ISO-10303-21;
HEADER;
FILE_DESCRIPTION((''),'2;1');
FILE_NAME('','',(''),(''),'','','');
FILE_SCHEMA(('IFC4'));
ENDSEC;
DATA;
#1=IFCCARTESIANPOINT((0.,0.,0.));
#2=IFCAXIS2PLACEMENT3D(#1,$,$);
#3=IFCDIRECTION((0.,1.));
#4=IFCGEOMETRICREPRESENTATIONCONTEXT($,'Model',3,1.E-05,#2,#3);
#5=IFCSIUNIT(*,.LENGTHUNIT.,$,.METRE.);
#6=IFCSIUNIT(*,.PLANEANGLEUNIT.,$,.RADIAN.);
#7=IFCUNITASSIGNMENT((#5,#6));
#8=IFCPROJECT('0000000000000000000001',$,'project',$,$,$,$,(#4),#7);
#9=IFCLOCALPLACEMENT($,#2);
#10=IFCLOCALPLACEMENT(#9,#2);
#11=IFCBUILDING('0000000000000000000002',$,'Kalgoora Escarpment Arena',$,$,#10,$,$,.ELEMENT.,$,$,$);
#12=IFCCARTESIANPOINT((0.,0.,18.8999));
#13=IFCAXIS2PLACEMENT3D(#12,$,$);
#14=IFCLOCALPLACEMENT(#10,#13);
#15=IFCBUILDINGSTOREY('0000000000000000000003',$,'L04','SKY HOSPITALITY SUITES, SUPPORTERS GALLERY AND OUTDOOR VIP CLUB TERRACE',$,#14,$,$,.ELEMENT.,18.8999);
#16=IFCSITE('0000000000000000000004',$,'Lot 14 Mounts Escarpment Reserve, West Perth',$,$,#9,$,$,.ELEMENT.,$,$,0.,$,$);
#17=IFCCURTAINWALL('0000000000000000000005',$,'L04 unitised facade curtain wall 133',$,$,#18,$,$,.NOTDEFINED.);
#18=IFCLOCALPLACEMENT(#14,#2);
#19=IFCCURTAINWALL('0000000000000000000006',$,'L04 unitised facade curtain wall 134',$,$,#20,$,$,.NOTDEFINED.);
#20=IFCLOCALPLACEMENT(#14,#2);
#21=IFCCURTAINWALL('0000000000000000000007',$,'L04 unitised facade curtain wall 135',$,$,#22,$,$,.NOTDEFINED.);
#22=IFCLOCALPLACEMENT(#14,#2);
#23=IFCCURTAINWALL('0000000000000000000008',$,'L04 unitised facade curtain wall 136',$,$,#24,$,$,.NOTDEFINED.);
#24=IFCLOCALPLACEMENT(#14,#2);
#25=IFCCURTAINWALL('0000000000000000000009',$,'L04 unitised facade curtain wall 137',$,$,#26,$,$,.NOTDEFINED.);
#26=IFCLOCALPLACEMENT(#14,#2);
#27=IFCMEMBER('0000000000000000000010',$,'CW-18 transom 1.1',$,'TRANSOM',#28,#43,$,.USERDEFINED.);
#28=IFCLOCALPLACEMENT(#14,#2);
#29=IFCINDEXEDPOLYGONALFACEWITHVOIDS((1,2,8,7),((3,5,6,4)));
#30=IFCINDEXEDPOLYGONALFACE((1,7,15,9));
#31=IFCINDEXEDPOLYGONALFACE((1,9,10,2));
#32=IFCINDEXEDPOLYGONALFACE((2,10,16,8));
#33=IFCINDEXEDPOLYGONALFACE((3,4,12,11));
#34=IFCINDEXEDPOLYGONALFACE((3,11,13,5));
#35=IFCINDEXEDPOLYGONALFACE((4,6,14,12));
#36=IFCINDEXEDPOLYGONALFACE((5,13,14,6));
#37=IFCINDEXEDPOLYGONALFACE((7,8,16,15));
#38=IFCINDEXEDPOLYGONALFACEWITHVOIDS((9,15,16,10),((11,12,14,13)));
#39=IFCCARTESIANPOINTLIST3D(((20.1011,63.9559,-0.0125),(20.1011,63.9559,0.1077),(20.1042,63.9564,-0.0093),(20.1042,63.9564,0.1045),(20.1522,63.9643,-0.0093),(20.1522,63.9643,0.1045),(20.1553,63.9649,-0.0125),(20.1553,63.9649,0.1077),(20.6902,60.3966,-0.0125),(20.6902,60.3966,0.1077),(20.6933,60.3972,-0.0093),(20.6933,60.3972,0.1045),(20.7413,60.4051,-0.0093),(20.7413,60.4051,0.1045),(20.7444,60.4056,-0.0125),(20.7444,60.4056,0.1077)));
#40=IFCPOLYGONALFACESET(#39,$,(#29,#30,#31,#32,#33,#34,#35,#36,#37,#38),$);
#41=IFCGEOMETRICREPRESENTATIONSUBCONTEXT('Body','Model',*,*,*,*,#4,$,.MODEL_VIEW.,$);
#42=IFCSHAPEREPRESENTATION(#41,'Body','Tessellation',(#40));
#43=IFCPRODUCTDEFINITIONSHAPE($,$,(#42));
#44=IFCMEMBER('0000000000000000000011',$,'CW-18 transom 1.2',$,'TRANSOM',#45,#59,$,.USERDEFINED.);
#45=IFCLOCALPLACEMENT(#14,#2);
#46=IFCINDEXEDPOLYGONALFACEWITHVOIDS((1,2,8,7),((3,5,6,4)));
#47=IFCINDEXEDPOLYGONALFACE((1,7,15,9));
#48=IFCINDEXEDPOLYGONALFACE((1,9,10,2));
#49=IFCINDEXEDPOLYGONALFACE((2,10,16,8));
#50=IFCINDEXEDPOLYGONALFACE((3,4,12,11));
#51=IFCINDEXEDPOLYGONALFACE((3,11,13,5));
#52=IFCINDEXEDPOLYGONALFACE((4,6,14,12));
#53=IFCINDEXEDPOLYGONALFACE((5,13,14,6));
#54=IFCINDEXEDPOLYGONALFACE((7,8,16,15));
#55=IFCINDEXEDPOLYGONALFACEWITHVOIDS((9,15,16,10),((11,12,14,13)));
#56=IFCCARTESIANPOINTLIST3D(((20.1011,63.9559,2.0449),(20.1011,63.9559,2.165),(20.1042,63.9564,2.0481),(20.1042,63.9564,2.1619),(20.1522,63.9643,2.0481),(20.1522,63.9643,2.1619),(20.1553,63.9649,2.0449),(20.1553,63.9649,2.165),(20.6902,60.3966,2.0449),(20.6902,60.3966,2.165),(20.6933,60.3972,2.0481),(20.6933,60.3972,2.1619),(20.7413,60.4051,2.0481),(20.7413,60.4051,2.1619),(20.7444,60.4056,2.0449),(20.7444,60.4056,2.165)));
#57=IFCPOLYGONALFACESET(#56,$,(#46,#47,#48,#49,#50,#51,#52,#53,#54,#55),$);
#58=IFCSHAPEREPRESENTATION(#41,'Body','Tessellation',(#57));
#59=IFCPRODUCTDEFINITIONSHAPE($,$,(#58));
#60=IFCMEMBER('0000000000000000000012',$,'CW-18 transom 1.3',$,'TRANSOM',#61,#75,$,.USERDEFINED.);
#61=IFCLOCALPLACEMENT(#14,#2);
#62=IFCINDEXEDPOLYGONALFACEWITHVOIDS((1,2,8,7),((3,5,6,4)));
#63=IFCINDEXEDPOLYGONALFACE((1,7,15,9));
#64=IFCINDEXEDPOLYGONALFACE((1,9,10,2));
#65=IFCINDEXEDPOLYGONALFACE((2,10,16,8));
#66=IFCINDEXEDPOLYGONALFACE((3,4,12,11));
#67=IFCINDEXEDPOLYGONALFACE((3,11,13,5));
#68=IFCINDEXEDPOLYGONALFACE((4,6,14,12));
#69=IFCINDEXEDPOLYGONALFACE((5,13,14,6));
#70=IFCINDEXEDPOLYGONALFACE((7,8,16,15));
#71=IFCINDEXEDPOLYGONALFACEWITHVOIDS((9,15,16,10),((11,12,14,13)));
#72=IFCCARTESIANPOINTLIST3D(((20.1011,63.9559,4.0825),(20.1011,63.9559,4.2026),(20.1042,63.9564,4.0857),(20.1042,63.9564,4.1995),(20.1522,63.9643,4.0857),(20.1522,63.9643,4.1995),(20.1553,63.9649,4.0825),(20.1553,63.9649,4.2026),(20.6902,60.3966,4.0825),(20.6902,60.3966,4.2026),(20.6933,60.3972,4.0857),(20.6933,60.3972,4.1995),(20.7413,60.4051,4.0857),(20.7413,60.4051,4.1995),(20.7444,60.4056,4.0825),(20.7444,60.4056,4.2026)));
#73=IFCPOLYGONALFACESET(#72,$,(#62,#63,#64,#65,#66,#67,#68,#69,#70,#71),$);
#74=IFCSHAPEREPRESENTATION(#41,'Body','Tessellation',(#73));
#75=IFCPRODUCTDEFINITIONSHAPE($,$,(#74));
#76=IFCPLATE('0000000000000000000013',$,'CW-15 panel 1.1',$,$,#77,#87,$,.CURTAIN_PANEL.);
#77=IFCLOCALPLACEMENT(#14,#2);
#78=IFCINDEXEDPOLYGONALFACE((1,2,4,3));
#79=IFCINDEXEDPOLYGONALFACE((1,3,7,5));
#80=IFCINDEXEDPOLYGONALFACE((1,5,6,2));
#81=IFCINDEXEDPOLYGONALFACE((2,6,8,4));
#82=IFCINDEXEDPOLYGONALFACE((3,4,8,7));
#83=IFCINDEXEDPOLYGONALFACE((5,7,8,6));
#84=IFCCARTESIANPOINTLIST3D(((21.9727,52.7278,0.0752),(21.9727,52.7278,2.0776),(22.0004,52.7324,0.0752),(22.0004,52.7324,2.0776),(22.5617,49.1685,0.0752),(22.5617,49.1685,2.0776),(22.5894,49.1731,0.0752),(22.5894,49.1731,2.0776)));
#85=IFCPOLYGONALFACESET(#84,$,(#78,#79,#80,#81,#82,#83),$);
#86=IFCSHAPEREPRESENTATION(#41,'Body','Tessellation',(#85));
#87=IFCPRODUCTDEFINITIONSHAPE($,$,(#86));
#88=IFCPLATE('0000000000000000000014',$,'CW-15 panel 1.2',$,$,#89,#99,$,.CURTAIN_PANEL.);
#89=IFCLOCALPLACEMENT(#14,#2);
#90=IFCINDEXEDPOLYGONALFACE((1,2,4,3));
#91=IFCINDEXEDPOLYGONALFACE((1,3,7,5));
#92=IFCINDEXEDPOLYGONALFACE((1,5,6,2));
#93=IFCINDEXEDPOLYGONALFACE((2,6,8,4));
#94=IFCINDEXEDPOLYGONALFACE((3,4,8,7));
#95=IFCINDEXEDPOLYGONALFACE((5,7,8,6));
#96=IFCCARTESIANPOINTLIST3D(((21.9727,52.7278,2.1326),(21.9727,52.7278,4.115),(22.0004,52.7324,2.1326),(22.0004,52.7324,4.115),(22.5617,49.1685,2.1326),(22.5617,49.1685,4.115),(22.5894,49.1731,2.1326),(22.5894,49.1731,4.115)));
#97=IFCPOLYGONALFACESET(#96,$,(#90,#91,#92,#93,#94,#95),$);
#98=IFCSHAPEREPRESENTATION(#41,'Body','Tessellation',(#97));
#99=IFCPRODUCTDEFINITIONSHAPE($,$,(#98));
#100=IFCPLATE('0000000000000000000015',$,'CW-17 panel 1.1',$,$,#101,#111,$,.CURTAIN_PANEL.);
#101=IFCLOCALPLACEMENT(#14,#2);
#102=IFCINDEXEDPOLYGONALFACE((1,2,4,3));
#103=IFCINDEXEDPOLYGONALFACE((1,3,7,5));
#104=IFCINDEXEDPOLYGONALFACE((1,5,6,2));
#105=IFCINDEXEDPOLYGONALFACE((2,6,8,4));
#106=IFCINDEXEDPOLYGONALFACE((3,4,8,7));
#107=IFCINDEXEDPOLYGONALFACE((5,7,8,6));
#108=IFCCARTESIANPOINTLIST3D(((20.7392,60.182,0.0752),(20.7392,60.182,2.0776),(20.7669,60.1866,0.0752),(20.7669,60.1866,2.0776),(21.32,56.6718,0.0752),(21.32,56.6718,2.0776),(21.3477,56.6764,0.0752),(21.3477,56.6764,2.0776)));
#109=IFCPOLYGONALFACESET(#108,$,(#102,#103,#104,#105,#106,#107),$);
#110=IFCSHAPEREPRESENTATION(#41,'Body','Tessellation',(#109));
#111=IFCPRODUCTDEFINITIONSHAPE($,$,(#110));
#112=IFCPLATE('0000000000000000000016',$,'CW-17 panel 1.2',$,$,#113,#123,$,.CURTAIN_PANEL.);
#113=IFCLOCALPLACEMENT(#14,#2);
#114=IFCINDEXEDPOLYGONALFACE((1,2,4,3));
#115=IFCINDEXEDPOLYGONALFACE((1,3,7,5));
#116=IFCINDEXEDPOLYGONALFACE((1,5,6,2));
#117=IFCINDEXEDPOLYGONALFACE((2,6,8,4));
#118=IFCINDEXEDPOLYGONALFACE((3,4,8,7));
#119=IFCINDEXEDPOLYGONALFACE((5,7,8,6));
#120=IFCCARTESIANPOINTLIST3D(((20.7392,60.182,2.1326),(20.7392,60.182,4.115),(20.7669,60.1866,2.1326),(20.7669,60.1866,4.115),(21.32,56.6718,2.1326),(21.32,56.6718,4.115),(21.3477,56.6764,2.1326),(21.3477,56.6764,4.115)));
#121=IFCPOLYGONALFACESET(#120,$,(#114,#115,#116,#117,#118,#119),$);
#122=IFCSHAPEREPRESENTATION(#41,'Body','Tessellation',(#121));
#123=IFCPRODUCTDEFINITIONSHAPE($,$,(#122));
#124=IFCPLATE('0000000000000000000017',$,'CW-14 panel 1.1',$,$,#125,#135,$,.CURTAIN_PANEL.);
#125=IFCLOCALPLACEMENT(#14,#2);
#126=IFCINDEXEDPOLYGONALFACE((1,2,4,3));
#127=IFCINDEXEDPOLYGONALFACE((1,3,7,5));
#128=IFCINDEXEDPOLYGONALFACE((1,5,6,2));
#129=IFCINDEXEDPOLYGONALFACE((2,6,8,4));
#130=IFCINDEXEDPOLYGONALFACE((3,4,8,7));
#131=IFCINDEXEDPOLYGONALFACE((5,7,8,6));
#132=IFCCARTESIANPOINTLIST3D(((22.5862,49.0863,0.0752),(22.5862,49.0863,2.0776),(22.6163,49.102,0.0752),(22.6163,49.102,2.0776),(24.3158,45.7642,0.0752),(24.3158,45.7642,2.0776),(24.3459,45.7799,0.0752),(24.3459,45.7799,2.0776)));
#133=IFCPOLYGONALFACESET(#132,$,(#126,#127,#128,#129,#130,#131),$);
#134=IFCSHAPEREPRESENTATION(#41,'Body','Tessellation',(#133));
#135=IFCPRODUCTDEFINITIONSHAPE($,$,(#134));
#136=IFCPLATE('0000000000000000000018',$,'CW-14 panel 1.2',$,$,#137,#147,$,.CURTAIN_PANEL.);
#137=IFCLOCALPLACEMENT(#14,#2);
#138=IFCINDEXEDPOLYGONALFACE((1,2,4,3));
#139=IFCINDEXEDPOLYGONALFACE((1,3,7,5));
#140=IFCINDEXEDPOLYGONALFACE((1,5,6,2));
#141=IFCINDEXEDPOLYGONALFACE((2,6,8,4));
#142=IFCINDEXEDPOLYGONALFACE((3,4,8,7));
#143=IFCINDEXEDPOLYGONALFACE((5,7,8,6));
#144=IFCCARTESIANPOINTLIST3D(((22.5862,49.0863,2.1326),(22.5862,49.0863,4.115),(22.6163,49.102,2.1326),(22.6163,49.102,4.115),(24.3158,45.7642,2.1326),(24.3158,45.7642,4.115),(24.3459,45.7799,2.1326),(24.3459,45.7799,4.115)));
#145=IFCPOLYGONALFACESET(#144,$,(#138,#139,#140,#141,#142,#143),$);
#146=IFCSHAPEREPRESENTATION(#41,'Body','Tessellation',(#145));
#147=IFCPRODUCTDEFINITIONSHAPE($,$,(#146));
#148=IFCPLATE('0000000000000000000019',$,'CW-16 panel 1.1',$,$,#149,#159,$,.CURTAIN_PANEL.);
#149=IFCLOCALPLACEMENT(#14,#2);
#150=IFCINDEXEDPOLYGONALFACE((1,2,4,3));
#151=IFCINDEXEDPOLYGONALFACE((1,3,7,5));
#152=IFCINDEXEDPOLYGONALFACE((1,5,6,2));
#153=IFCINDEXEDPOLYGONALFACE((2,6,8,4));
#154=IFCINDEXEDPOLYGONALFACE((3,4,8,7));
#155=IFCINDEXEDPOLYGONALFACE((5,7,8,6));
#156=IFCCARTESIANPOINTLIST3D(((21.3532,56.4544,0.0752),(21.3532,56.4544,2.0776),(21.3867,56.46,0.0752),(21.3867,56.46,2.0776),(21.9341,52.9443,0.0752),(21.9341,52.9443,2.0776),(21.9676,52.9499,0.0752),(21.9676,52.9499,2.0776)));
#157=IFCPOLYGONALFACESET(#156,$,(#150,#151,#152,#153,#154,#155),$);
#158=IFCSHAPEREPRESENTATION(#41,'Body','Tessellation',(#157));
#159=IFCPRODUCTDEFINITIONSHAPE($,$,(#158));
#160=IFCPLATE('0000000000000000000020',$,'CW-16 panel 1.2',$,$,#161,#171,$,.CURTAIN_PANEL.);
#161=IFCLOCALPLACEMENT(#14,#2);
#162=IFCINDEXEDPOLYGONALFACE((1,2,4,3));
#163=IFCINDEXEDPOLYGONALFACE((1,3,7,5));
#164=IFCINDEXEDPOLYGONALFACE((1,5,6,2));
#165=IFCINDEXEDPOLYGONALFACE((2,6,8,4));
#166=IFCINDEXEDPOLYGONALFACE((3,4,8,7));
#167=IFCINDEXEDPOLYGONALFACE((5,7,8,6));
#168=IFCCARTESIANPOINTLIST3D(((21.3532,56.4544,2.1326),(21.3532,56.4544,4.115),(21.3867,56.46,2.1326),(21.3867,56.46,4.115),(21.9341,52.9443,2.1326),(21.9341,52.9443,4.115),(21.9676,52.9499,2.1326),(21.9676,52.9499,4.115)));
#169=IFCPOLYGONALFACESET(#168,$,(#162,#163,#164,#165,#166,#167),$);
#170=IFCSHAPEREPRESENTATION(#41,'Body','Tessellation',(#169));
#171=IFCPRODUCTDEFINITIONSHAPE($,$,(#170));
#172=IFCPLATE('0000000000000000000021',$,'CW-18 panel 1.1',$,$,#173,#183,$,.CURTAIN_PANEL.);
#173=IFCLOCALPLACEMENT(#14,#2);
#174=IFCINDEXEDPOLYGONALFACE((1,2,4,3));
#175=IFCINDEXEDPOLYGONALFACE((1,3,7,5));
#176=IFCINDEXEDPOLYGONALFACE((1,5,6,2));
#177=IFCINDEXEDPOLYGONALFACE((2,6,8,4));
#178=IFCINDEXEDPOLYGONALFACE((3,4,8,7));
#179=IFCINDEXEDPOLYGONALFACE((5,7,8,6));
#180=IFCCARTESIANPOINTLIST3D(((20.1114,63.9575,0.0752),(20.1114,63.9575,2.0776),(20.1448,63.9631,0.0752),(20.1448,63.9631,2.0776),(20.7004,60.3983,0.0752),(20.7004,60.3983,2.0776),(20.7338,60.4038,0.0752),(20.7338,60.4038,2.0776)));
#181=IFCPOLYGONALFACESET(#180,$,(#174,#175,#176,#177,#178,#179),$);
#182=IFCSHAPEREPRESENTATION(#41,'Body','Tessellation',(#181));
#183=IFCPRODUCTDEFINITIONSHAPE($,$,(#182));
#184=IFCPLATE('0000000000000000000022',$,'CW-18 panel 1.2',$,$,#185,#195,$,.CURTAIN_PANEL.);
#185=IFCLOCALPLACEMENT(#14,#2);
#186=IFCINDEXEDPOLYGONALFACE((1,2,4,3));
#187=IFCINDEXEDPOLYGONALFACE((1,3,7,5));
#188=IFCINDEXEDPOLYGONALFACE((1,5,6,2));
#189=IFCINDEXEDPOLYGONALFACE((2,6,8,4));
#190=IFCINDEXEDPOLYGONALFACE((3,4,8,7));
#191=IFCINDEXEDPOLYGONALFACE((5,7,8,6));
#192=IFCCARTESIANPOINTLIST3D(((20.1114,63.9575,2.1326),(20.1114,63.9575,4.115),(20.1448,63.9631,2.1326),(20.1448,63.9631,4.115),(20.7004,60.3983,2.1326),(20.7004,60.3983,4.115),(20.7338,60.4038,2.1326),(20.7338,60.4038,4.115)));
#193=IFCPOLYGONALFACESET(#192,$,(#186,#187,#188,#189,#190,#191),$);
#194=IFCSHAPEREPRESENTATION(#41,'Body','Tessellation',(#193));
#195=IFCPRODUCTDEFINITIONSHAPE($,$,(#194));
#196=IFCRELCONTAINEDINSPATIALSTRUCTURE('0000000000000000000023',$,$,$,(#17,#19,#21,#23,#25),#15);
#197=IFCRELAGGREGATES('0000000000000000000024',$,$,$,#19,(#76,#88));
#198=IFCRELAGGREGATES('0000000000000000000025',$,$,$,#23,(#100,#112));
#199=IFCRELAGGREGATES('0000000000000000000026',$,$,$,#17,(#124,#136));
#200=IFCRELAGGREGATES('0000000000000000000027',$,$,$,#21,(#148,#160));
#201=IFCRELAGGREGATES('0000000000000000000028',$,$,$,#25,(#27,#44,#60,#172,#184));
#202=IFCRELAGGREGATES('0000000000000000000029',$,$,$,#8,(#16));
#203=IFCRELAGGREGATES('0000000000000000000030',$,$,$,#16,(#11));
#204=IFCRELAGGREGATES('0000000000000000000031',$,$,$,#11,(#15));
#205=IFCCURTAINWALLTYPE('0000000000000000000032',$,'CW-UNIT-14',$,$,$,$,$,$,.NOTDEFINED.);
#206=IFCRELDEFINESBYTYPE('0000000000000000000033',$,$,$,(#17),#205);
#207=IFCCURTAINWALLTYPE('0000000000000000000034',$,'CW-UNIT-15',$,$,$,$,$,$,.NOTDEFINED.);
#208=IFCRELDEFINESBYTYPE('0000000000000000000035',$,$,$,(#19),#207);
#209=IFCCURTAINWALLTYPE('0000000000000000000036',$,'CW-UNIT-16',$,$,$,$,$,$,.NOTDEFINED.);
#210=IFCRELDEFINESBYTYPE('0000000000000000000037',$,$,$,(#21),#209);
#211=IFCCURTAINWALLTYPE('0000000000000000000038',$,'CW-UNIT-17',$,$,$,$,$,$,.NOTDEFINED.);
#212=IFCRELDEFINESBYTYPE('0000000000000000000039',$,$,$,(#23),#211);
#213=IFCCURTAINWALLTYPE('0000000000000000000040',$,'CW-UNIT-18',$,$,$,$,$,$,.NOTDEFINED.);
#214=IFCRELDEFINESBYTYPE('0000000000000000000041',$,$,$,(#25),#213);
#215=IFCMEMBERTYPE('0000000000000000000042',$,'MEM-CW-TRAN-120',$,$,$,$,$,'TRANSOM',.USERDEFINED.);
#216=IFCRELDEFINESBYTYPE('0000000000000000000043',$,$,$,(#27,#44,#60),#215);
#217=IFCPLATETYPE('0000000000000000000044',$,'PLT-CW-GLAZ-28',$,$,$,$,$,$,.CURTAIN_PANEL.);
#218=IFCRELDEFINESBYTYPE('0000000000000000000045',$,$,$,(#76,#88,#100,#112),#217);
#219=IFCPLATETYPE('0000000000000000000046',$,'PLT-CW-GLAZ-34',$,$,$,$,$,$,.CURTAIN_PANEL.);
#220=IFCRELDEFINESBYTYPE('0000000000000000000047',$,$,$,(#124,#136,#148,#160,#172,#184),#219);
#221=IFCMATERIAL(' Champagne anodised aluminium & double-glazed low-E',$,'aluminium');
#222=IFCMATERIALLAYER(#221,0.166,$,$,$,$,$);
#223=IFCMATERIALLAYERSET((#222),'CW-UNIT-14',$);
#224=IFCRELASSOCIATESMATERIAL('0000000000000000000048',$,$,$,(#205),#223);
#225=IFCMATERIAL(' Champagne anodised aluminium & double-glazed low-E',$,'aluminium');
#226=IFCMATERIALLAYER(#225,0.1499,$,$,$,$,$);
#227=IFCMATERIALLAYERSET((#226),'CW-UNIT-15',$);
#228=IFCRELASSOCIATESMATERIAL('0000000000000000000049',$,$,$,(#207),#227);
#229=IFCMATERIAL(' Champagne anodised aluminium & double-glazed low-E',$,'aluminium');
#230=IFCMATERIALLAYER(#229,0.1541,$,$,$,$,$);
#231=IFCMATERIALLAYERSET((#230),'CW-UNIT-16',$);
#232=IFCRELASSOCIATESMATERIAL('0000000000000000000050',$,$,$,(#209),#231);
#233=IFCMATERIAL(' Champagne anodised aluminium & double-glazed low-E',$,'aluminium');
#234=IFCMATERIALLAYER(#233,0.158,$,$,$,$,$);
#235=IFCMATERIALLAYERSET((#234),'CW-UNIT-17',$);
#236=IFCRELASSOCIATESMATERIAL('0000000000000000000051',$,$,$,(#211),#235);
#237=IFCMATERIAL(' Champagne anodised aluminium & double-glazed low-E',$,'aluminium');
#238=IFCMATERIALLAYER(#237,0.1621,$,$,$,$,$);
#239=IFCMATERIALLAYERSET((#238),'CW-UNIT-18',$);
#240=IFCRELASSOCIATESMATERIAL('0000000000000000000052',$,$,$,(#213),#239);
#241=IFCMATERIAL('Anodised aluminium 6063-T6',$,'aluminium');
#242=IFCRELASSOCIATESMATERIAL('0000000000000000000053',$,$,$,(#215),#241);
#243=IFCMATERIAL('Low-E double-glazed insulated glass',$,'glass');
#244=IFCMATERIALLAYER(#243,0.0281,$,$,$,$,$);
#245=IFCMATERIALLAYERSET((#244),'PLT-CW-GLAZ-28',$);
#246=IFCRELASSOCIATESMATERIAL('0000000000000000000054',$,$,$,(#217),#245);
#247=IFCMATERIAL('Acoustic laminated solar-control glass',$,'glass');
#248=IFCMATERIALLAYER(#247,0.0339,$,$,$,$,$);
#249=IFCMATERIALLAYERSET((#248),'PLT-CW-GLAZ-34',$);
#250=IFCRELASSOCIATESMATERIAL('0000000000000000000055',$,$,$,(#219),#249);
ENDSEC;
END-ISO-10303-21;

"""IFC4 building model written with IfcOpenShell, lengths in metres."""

from ifc_helpers import new_model, si_unit, direction, frame, origin, origin_2d, place, context, subcontext, project, spatial, rectangle, hollow_rectangle, extrude, material, layer, layer_set, material_profile, profile_set, type_object, element, aggregate, save


model = new_model("IFC4")

# Units and contexts
model_context = context("Model", 3, precision=1e-05, world=origin(), true_north=direction((0.0, 1.0)))
body_context = subcontext(model_context, "Body", "Model", "MODEL_VIEW")
ifc_project = project(units=[si_unit("LENGTHUNIT", "METRE"), si_unit("PLANEANGLEUNIT", "RADIAN")], contexts=[model_context])

# Site, building, storey
site_placement = place(None, origin())
site = spatial("IfcSite", under=ifc_project, at=site_placement, Name="Lot 14 Mounts Escarpment Reserve, West Perth", CompositionType="ELEMENT", RefElevation=0.0)
building_placement = place(site_placement, origin())
building = spatial("IfcBuilding", under=site, at=building_placement, Name="Kalgoora Escarpment Arena", CompositionType="ELEMENT")
storey_placement = place(building_placement, frame((0.0, 0.0, 18.8999)))
storey = spatial("IfcBuildingStorey", under=building, at=storey_placement, Name="L04", Description="SKY HOSPITALITY SUITES, SUPPORTERS GALLERY AND OUTDOOR VIP CLUB TERRACE", CompositionType="ELEMENT", Elevation=18.8999)

# Curtain wall
ifc_material_1 = material(Name=" Champagne anodised aluminium & double-glazed low-E", Category="aluminium")
ifc_layer_1 = layer(ifc_material_1, 0.166)
ifc_layer_set_1 = layer_set([ifc_layer_1], Name="CW-UNIT-14")
curtain_wall_type_1 = type_object("IfcCurtainWallType", Name="CW-UNIT-14", PredefinedType="NOTDEFINED", material=ifc_layer_set_1)
curtain_wall_1_placement = place(storey_placement, origin())
curtain_wall_1 = element("IfcCurtainWall", 1, at=curtain_wall_1_placement, inside=storey, type_object=curtain_wall_type_1, Name="L04 unitised facade curtain wall 133", PredefinedType="NOTDEFINED")

# Curtain walls
ifc_material_2 = material(Name=" Champagne anodised aluminium & double-glazed low-E", Category="aluminium")
ifc_layer_2 = layer(ifc_material_2, 0.1499)
ifc_layer_set_2 = layer_set([ifc_layer_2], Name="CW-UNIT-15")
curtain_wall_type_2 = type_object("IfcCurtainWallType", Name="CW-UNIT-15", PredefinedType="NOTDEFINED", material=ifc_layer_set_2)
curtain_wall_2_placement = place(storey_placement, origin())
curtain_wall_2 = element("IfcCurtainWall", 2, at=curtain_wall_2_placement, inside=storey, type_object=curtain_wall_type_2, Name="L04 unitised facade curtain wall 134", PredefinedType="NOTDEFINED")
ifc_material_3 = material(Name=" Champagne anodised aluminium & double-glazed low-E", Category="aluminium")
ifc_layer_3 = layer(ifc_material_3, 0.1541)
ifc_layer_set_3 = layer_set([ifc_layer_3], Name="CW-UNIT-16")
curtain_wall_type_3 = type_object("IfcCurtainWallType", Name="CW-UNIT-16", PredefinedType="NOTDEFINED", material=ifc_layer_set_3)
curtain_wall_3_placement = place(storey_placement, origin())
curtain_wall_3 = element("IfcCurtainWall", 3, at=curtain_wall_3_placement, inside=storey, type_object=curtain_wall_type_3, Name="L04 unitised facade curtain wall 135", PredefinedType="NOTDEFINED")
ifc_material_4 = material(Name=" Champagne anodised aluminium & double-glazed low-E", Category="aluminium")
ifc_layer_4 = layer(ifc_material_4, 0.158)
ifc_layer_set_4 = layer_set([ifc_layer_4], Name="CW-UNIT-17")
curtain_wall_type_4 = type_object("IfcCurtainWallType", Name="CW-UNIT-17", PredefinedType="NOTDEFINED", material=ifc_layer_set_4)
curtain_wall_4_placement = place(storey_placement, origin())
curtain_wall_4 = element("IfcCurtainWall", 4, at=curtain_wall_4_placement, inside=storey, type_object=curtain_wall_type_4, Name="L04 unitised facade curtain wall 136", PredefinedType="NOTDEFINED")
ifc_material_5 = material(Name=" Champagne anodised aluminium & double-glazed low-E", Category="aluminium")
ifc_layer_5 = layer(ifc_material_5, 0.1621)
ifc_layer_set_5 = layer_set([ifc_layer_5], Name="CW-UNIT-18")
curtain_wall_type_5 = type_object("IfcCurtainWallType", Name="CW-UNIT-18", PredefinedType="NOTDEFINED", material=ifc_layer_set_5)
curtain_wall_5_placement = place(storey_placement, origin())
curtain_wall_5 = element("IfcCurtainWall", 5, at=curtain_wall_5_placement, inside=storey, type_object=curtain_wall_type_5, Name="L04 unitised facade curtain wall 137", PredefinedType="NOTDEFINED")

# Members
ifc_material_6 = material(Name="Anodised aluminium 6063-T6", Category="aluminium")
ifc_material_profile_1 = material_profile(ifc_material_6, hollow_rectangle(XDim=0.0549, YDim=0.1201, WallThickness=0.0032, at=origin_2d()))
ifc_profile_set_1 = profile_set([ifc_material_profile_1], Name="Anodised aluminium 6063-T6")
member_type_1 = type_object("IfcMemberType", Name="MEM-CW-TRAN-120", ElementType="TRANSOM", PredefinedType="USERDEFINED", material=ifc_profile_set_1)
member_1_placement = place(storey_placement, frame((20.7173, 60.4011, 0.0476), z_axis=(-0.163291, 0.986578, 0.0), x_axis=(-0.986578, -0.163291, 0.0)))
member_1 = element("IfcMember", 6, at=member_1_placement, type_object=member_type_1, Name="CW-18 transom 1.1", ObjectType="TRANSOM", PredefinedType="USERDEFINED", context=body_context, shape_type="SweptSolid", body=[
    extrude(hollow_rectangle(XDim=0.0549, YDim=0.1201, WallThickness=0.0032, at=origin_2d()), origin(), (0.0, 0.0, 1.0), 3.6077),
])
member_2_placement = place(storey_placement, frame((20.7173, 60.4011, 2.105), z_axis=(-0.163291, 0.986578, 0.0), x_axis=(-0.986578, -0.163291, 0.0)))
member_2 = element("IfcMember", 7, at=member_2_placement, type_object=member_type_1, Name="CW-18 transom 1.2", ObjectType="TRANSOM", PredefinedType="USERDEFINED", context=body_context, shape_type="SweptSolid", body=[
    extrude(hollow_rectangle(XDim=0.0549, YDim=0.1201, WallThickness=0.0032, at=origin_2d()), origin(), (0.0, 0.0, 1.0), 3.6077),
])
member_3_placement = place(storey_placement, frame((20.7173, 60.4011, 4.1426), z_axis=(-0.163291, 0.986578, 0.0), x_axis=(-0.986578, -0.163291, 0.0)))
member_3 = element("IfcMember", 8, at=member_3_placement, type_object=member_type_1, Name="CW-18 transom 1.3", ObjectType="TRANSOM", PredefinedType="USERDEFINED", context=body_context, shape_type="SweptSolid", body=[
    extrude(hollow_rectangle(XDim=0.0549, YDim=0.1201, WallThickness=0.0032, at=origin_2d()), origin(), (0.0, 0.0, 1.0), 3.6077),
])

# Plates
ifc_material_7 = material(Name="Low-E double-glazed insulated glass", Category="glass")
ifc_layer_6 = layer(ifc_material_7, 0.0281)
ifc_layer_set_6 = layer_set([ifc_layer_6], Name="PLT-CW-GLAZ-28")
plate_type_1 = type_object("IfcPlateType", Name="PLT-CW-GLAZ-28", PredefinedType="CURTAIN_PANEL", material=ifc_layer_set_6)
plate_1_placement = place(storey_placement, frame((22.281, 50.9504, 0.0752), z_axis=(0.0, 0.0, 1.0), x_axis=(-0.163263, 0.986583, 0.0)))
plate_1 = element("IfcPlate", 9, at=plate_1_placement, type_object=plate_type_1, Name="CW-15 panel 1.1", PredefinedType="CURTAIN_PANEL", context=body_context, shape_type="SweptSolid", body=[
    extrude(rectangle(XDim=3.6077, YDim=0.0281, at=origin_2d()), origin(), (0.0, 0.0, 1.0), 2.0024),
])
plate_2_placement = place(storey_placement, frame((22.281, 50.9504, 2.1326), z_axis=(0.0, 0.0, 1.0), x_axis=(-0.163263, 0.986583, 0.0)))
plate_2 = element("IfcPlate", 10, at=plate_2_placement, type_object=plate_type_1, Name="CW-15 panel 1.2", PredefinedType="CURTAIN_PANEL", context=body_context, shape_type="SweptSolid", body=[
    extrude(rectangle(XDim=3.6077, YDim=0.0281, at=origin_2d()), origin(), (0.0, 0.0, 1.0), 1.9824),
])
aggregate(curtain_wall_2, [plate_1, plate_2])
plate_3_placement = place(storey_placement, frame((21.0435, 58.4292, 0.0752), z_axis=(0.0, 0.0, 1.0), x_axis=(-0.163252, 0.986584, 0.0)))
plate_3 = element("IfcPlate", 11, at=plate_3_placement, type_object=plate_type_1, Name="CW-17 panel 1.1", PredefinedType="CURTAIN_PANEL", context=body_context, shape_type="SweptSolid", body=[
    extrude(rectangle(XDim=3.5579, YDim=0.0281, at=origin_2d()), origin(), (0.0, 0.0, 1.0), 2.0024),
])
plate_4_placement = place(storey_placement, frame((21.0435, 58.4292, 2.1326), z_axis=(0.0, 0.0, 1.0), x_axis=(-0.163252, 0.986584, 0.0)))
plate_4 = element("IfcPlate", 12, at=plate_4_placement, type_object=plate_type_1, Name="CW-17 panel 1.2", PredefinedType="CURTAIN_PANEL", context=body_context, shape_type="SweptSolid", body=[
    extrude(rectangle(XDim=3.5579, YDim=0.0281, at=origin_2d()), origin(), (0.0, 0.0, 1.0), 1.9824),
])
aggregate(curtain_wall_4, [plate_3, plate_4])
ifc_material_8 = material(Name="Acoustic laminated solar-control glass", Category="glass")
ifc_layer_7 = layer(ifc_material_8, 0.0339)
ifc_layer_set_7 = layer_set([ifc_layer_7], Name="PLT-CW-GLAZ-34")
plate_type_2 = type_object("IfcPlateType", Name="PLT-CW-GLAZ-34", PredefinedType="CURTAIN_PANEL", material=ifc_layer_set_7)
plate_5_placement = place(storey_placement, frame((23.4661, 47.4331, 0.0752), z_axis=(0.0, 0.0, 1.0), x_axis=(-0.461806, 0.886981, 0.0)))
plate_5 = element("IfcPlate", 13, at=plate_5_placement, type_object=plate_type_2, Name="CW-14 panel 1.1", PredefinedType="CURTAIN_PANEL", context=body_context, shape_type="SweptSolid", body=[
    extrude(rectangle(XDim=3.7454, YDim=0.0339, at=origin_2d()), origin(), (0.0, 0.0, 1.0), 2.0024),
])
plate_6_placement = place(storey_placement, frame((23.4661, 47.4331, 2.1326), z_axis=(0.0, 0.0, 1.0), x_axis=(-0.461806, 0.886981, 0.0)))
plate_6 = element("IfcPlate", 14, at=plate_6_placement, type_object=plate_type_2, Name="CW-14 panel 1.2", PredefinedType="CURTAIN_PANEL", context=body_context, shape_type="SweptSolid", body=[
    extrude(rectangle(XDim=3.7454, YDim=0.0339, at=origin_2d()), origin(), (0.0, 0.0, 1.0), 1.9824),
])
aggregate(curtain_wall_1, [plate_5, plate_6])
plate_7_placement = place(storey_placement, frame((21.6604, 54.7021, 0.0752), z_axis=(0.0, 0.0, 1.0), x_axis=(-0.163252, 0.986584, 0.0)))
plate_7 = element("IfcPlate", 15, at=plate_7_placement, type_object=plate_type_2, Name="CW-16 panel 1.1", PredefinedType="CURTAIN_PANEL", context=body_context, shape_type="SweptSolid", body=[
    extrude(rectangle(XDim=3.5579, YDim=0.0339, at=origin_2d()), origin(), (0.0, 0.0, 1.0), 2.0024),
])
plate_8_placement = place(storey_placement, frame((21.6604, 54.7021, 2.1326), z_axis=(0.0, 0.0, 1.0), x_axis=(-0.163252, 0.986584, 0.0)))
plate_8 = element("IfcPlate", 16, at=plate_8_placement, type_object=plate_type_2, Name="CW-16 panel 1.2", PredefinedType="CURTAIN_PANEL", context=body_context, shape_type="SweptSolid", body=[
    extrude(rectangle(XDim=3.5579, YDim=0.0339, at=origin_2d()), origin(), (0.0, 0.0, 1.0), 1.9824),
])
aggregate(curtain_wall_3, [plate_7, plate_8])
plate_9_placement = place(storey_placement, frame((20.4226, 62.1807, 0.0752), z_axis=(0.0, 0.0, 1.0), x_axis=(-0.163263, 0.986583, 0.0)))
plate_9 = element("IfcPlate", 17, at=plate_9_placement, type_object=plate_type_2, Name="CW-18 panel 1.1", PredefinedType="CURTAIN_PANEL", context=body_context, shape_type="SweptSolid", body=[
    extrude(rectangle(XDim=3.6077, YDim=0.0339, at=origin_2d()), origin(), (0.0, 0.0, 1.0), 2.0024),
])
plate_10_placement = place(storey_placement, frame((20.4226, 62.1807, 2.1326), z_axis=(0.0, 0.0, 1.0), x_axis=(-0.163263, 0.986583, 0.0)))
plate_10 = element("IfcPlate", 18, at=plate_10_placement, type_object=plate_type_2, Name="CW-18 panel 1.2", PredefinedType="CURTAIN_PANEL", context=body_context, shape_type="SweptSolid", body=[
    extrude(rectangle(XDim=3.6077, YDim=0.0339, at=origin_2d()), origin(), (0.0, 0.0, 1.0), 1.9824),
])
aggregate(curtain_wall_5, [member_1, member_2, member_3, plate_9, plate_10])

save(model, "model.ifc")
